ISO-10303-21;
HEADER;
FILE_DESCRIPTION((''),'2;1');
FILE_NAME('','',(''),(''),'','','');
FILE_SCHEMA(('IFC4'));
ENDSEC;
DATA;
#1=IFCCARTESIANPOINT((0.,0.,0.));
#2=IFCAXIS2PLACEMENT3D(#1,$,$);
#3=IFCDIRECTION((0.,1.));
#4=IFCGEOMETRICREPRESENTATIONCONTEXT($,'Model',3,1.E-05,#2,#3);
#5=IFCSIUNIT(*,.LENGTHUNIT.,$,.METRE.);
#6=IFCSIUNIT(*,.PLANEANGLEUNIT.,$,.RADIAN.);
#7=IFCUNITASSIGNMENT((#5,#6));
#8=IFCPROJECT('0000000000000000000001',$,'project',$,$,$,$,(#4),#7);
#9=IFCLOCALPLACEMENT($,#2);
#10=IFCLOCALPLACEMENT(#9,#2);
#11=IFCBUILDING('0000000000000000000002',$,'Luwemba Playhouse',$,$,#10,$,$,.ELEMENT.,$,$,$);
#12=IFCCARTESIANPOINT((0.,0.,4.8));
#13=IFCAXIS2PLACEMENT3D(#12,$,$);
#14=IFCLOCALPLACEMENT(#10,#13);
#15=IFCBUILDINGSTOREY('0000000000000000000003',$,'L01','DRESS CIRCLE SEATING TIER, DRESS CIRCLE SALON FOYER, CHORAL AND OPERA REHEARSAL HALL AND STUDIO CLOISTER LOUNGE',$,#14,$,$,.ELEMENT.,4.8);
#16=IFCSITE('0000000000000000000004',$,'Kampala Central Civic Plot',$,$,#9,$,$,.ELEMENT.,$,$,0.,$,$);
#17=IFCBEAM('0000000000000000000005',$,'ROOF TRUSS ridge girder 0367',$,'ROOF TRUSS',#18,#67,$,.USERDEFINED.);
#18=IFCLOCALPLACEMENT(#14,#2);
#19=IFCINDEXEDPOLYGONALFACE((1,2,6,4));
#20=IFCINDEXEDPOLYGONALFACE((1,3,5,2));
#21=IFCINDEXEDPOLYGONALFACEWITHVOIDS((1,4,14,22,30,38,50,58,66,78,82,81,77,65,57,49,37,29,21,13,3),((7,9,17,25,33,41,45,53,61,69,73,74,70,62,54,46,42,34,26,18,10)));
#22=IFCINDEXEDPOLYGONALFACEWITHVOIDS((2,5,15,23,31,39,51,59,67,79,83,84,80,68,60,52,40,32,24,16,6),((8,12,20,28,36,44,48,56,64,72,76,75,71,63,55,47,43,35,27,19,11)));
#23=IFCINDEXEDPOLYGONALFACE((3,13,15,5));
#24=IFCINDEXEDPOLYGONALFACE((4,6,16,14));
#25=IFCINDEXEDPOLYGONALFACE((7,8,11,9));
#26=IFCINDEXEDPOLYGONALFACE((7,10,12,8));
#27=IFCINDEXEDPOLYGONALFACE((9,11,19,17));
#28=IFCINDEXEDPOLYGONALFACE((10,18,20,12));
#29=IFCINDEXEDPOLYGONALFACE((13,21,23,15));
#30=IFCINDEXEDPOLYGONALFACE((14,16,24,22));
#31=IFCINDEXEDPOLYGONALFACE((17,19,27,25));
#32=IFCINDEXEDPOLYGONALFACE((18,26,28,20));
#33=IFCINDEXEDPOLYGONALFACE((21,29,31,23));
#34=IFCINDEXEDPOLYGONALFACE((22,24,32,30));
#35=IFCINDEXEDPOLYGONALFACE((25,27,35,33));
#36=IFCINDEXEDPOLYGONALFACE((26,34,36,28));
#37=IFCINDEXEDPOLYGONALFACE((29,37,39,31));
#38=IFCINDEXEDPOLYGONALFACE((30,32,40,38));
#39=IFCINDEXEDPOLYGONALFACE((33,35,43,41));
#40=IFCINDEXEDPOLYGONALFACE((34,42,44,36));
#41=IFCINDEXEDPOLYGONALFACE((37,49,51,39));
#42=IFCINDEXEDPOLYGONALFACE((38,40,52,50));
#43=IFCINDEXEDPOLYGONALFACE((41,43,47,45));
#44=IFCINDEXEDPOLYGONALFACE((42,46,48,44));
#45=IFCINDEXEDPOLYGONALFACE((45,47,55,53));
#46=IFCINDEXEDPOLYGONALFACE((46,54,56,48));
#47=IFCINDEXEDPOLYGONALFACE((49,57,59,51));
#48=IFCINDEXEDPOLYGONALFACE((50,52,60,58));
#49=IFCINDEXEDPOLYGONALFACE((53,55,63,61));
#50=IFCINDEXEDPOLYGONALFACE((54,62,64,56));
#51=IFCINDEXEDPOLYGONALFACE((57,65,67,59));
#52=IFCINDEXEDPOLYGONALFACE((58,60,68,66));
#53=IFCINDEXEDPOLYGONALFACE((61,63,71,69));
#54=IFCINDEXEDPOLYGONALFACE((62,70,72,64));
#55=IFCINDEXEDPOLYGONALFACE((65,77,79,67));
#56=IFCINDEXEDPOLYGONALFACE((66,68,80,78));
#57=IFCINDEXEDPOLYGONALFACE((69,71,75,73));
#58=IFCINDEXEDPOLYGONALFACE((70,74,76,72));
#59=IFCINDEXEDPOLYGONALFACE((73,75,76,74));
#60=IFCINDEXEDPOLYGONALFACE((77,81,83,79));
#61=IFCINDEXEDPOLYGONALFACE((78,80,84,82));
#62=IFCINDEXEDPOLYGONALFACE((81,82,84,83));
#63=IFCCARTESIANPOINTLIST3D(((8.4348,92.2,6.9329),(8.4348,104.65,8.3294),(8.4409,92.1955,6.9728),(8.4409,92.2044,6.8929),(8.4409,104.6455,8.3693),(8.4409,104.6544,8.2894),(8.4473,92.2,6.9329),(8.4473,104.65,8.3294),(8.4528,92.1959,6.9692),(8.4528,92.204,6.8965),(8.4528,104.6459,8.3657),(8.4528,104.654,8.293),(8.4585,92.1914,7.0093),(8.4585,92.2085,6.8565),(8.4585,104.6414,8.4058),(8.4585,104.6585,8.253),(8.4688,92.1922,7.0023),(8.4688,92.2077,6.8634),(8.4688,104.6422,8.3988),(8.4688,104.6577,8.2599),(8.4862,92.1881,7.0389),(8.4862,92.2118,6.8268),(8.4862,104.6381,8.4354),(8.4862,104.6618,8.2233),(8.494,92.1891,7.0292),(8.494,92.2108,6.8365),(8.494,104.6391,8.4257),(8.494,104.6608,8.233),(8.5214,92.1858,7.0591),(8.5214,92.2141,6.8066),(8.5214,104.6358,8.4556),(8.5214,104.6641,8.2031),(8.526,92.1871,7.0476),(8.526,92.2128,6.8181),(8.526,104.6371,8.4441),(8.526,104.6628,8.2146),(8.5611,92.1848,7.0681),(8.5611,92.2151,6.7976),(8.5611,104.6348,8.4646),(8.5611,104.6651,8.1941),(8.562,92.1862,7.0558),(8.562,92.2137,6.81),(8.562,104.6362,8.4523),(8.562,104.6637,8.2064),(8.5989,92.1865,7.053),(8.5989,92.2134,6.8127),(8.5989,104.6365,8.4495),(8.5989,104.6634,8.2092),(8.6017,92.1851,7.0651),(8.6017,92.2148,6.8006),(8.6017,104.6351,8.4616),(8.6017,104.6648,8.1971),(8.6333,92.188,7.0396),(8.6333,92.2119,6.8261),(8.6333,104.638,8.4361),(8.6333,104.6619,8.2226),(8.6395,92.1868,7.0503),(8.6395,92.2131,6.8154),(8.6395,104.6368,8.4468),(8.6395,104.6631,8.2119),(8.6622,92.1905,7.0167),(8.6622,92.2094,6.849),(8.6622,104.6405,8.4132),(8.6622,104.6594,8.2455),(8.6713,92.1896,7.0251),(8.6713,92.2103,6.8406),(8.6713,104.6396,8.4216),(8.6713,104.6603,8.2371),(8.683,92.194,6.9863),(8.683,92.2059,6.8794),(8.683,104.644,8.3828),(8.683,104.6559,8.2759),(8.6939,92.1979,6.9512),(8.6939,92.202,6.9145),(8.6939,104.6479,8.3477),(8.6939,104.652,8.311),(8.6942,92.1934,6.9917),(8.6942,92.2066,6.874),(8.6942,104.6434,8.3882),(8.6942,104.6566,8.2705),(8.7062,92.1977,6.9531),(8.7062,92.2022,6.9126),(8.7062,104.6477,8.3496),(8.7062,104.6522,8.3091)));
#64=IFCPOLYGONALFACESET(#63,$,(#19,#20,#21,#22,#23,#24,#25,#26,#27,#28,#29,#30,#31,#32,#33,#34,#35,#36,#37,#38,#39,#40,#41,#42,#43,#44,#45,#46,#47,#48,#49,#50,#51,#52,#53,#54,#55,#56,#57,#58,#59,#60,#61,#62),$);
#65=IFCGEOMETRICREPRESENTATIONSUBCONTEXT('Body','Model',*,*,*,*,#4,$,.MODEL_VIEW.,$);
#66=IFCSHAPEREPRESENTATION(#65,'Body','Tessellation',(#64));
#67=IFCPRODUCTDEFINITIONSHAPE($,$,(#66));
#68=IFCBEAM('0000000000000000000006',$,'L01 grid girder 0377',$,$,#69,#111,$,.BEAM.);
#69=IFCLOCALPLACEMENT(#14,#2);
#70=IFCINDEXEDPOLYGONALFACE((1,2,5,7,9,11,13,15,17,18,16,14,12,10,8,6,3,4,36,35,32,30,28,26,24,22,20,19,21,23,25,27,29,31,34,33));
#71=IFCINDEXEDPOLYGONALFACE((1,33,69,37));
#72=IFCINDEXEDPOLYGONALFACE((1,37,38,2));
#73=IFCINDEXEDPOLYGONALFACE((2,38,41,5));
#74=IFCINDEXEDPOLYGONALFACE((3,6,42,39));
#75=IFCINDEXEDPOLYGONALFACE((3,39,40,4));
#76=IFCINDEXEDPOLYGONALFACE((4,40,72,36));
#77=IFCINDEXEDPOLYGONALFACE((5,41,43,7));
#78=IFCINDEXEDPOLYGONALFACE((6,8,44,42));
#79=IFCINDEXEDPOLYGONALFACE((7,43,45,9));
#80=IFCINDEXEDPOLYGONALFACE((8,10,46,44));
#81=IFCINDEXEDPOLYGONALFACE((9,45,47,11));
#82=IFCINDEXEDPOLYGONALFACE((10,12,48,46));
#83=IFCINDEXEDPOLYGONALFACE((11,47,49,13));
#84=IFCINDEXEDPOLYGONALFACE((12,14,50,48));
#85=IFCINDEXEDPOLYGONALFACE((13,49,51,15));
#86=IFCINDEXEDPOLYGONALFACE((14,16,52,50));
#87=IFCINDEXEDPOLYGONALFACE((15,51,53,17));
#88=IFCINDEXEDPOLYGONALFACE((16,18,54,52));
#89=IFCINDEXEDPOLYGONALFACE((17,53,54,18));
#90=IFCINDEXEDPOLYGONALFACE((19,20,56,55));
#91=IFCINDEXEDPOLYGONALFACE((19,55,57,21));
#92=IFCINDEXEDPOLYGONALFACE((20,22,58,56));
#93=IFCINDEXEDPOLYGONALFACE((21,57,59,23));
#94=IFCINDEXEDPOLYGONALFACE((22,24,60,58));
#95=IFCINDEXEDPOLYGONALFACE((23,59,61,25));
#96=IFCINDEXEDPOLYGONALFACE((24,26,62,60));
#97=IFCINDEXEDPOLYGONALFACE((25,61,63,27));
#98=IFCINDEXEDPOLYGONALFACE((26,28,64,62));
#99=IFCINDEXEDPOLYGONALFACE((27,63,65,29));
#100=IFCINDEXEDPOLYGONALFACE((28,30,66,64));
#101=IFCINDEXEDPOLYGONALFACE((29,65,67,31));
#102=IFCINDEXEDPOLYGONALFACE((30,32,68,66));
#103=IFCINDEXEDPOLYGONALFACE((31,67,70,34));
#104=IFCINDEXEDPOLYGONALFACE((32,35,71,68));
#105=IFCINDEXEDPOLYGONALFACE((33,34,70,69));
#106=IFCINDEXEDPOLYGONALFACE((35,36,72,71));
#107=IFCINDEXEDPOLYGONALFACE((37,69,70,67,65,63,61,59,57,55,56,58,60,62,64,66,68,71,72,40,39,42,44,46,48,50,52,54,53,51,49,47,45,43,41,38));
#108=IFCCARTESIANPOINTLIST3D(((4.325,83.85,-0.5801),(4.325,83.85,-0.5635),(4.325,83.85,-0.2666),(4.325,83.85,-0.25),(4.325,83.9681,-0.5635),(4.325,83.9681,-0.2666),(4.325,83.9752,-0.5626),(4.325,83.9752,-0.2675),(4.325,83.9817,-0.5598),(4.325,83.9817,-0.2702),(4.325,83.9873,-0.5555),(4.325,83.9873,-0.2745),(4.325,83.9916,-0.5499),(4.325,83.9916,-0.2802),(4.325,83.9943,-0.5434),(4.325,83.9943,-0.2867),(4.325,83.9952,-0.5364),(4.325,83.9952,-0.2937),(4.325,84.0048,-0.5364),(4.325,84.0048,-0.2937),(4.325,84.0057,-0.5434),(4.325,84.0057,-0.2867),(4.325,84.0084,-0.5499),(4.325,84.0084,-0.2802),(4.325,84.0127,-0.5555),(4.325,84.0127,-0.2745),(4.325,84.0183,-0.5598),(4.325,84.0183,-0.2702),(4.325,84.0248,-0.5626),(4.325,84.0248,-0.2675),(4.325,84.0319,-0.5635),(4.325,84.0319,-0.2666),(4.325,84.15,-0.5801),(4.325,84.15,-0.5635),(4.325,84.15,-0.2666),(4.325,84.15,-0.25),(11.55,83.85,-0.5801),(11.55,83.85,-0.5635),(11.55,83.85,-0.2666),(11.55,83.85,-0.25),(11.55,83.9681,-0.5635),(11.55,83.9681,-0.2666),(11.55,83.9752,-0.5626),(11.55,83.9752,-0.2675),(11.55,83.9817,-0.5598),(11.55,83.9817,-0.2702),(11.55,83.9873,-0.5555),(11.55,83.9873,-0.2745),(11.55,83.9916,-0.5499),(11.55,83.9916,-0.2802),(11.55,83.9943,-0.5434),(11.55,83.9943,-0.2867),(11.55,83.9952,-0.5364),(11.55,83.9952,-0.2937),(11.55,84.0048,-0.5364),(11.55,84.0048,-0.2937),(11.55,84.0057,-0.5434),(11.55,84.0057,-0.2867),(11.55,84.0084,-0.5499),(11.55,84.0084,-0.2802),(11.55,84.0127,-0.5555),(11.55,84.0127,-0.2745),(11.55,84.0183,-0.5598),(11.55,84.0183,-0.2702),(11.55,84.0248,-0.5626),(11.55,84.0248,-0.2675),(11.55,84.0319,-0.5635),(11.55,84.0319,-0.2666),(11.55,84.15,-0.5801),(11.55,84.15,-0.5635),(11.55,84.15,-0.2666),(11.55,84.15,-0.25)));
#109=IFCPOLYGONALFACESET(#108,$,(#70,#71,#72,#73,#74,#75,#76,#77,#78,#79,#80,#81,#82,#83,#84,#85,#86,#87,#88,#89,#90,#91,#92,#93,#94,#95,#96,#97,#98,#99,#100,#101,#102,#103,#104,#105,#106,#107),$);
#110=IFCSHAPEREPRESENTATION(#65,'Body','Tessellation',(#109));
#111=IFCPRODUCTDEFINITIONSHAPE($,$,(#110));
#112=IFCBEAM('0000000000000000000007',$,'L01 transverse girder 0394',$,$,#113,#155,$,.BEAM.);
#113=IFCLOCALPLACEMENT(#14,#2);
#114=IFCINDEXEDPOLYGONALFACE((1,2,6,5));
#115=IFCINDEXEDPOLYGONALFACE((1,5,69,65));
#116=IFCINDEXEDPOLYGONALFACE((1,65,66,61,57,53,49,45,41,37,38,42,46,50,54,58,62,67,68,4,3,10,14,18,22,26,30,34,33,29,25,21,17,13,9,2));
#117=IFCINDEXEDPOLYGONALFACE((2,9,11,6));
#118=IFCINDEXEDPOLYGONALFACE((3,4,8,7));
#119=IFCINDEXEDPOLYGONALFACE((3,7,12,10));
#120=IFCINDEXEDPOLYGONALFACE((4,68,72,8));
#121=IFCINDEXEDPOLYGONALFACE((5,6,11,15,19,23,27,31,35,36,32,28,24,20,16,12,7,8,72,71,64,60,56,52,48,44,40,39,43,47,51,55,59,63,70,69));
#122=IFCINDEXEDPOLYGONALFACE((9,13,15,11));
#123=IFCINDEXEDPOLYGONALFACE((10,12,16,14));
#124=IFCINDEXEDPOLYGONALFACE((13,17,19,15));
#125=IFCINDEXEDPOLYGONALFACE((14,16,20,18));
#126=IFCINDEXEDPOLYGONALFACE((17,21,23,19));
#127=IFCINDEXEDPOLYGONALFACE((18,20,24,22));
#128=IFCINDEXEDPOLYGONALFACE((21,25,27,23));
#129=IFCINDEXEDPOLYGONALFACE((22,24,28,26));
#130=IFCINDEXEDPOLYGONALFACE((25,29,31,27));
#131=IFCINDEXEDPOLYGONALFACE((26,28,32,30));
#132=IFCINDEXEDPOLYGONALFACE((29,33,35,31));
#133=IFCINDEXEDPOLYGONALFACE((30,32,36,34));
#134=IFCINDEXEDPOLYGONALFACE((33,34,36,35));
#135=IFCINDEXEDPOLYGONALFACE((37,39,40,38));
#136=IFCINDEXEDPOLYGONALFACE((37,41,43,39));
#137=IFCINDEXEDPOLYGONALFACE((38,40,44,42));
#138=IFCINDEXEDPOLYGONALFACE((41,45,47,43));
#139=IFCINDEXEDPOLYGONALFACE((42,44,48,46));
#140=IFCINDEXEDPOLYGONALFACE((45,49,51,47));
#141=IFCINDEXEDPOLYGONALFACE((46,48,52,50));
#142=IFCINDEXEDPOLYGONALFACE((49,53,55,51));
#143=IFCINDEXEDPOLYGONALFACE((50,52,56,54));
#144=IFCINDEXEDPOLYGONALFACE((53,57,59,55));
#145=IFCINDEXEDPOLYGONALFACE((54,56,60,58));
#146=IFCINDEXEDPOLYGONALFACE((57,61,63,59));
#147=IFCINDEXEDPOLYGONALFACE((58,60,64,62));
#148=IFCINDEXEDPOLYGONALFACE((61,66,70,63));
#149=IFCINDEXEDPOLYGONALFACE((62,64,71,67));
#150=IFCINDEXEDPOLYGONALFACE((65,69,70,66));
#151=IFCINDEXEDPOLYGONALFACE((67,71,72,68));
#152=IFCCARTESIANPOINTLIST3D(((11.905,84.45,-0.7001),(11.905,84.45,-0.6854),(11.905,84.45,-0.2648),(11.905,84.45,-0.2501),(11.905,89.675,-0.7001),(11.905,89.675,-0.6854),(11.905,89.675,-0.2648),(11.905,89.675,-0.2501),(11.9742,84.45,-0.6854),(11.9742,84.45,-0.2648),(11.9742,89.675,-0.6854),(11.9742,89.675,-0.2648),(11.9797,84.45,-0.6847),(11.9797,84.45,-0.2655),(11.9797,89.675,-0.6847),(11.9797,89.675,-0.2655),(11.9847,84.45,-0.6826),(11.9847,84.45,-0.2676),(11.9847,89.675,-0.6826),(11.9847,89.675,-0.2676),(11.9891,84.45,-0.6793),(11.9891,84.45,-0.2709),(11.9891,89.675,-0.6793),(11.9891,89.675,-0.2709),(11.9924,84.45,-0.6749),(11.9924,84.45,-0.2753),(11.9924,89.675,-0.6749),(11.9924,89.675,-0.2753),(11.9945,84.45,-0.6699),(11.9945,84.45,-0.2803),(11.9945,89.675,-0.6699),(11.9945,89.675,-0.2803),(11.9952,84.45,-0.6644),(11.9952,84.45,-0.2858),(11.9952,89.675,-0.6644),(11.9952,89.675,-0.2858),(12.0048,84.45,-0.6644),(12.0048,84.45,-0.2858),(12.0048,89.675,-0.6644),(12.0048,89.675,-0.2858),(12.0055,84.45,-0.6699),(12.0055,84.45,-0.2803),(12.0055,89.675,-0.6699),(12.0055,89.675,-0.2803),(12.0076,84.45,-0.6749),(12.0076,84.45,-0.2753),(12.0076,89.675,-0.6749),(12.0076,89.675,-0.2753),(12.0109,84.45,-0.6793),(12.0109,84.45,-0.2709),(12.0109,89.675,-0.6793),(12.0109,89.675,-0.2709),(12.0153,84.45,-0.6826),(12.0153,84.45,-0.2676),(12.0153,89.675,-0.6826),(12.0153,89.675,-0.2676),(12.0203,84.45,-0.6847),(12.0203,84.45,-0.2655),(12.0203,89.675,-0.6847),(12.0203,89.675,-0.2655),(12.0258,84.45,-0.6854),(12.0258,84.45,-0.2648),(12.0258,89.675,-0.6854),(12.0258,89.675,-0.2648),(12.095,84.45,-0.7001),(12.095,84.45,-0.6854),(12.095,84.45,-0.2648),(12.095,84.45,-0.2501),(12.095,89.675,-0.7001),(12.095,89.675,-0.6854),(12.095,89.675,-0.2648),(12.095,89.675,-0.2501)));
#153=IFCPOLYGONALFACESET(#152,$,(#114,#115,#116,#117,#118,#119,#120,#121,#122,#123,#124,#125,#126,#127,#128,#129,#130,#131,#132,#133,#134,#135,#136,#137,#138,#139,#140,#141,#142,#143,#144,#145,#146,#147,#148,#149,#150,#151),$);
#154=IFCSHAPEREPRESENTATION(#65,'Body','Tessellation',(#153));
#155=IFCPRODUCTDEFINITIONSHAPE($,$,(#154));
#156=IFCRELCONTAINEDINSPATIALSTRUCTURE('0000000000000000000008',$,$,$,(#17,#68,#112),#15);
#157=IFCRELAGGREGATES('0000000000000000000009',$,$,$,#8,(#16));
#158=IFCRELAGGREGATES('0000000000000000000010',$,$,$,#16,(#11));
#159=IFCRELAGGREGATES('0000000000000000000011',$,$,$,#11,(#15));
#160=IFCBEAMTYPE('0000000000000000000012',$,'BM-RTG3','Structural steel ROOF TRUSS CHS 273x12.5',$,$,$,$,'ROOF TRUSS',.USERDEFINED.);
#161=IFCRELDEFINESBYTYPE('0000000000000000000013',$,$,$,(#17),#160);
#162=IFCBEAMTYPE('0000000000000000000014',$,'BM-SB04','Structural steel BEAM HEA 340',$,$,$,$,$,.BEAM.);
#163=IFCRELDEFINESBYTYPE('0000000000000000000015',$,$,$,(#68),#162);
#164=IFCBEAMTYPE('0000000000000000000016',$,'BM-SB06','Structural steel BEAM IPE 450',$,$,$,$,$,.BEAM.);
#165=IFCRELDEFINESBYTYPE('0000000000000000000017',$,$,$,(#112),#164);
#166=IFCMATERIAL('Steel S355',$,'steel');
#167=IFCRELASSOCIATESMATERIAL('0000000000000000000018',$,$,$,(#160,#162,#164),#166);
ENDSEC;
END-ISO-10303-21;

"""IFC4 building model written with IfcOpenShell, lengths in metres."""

from ifc_helpers import new_model, si_unit, direction, frame, origin, origin_2d, place, context, subcontext, project, spatial, hollow_circle, i_section, extrude, material, material_profile, profile_set, type_object, element, save


model = new_model("IFC4")

# Units and contexts
model_context = context("Model", 3, precision=1e-05, world=origin(), true_north=direction((0.0, 1.0)))
body_context = subcontext(model_context, "Body", "Model", "MODEL_VIEW")
ifc_project = project(units=[si_unit("LENGTHUNIT", "METRE"), si_unit("PLANEANGLEUNIT", "RADIAN")], contexts=[model_context])

# Site, building, storey
site_placement = place(None, origin())
site = spatial("IfcSite", under=ifc_project, at=site_placement, Name="Kampala Central Civic Plot", CompositionType="ELEMENT", RefElevation=0.0)
building_placement = place(site_placement, origin())
building = spatial("IfcBuilding", under=site, at=building_placement, Name="Luwemba Playhouse", CompositionType="ELEMENT")
storey_placement = place(building_placement, frame((0.0, 0.0, 4.8)))
storey = spatial("IfcBuildingStorey", under=building, at=storey_placement, Name="L01", Description="DRESS CIRCLE SEATING TIER, DRESS CIRCLE SALON FOYER, CHORAL AND OPERA REHEARSAL HALL AND STUDIO CLOISTER LOUNGE", CompositionType="ELEMENT", Elevation=4.8)

# Beams
ifc_material_1 = material(Name="Steel S355", Category="steel")
ifc_material_profile_1 = material_profile(ifc_material_1, hollow_circle(Radius=0.1365, WallThickness=0.0125, at=origin_2d()))
ifc_profile_set_1 = profile_set([ifc_material_profile_1], Name="Steel S355")
beam_type_1 = type_object("IfcBeamType", Name="BM-RTG3", Description="Structural steel ROOF TRUSS CHS 273x12.5", ElementType="ROOF TRUSS", PredefinedType="USERDEFINED", material=ifc_profile_set_1)
beam_1_placement = place(storey_placement, frame((8.5713, 92.2, 6.9329), z_axis=(0.0, 0.993768, 0.111469), x_axis=(-1.0, 0.0, 0.0)))
element("IfcBeam", 1, at=beam_1_placement, inside=storey, type_object=beam_type_1, Name="ROOF TRUSS ridge girder 0367", ObjectType="ROOF TRUSS", PredefinedType="USERDEFINED", context=body_context, shape_type="SweptSolid", body=[
    extrude(hollow_circle(Radius=0.1365, WallThickness=0.0125, at=origin_2d()), origin(), (0.0, 0.0, 1.0), 12.5281),
])
ifc_material_profile_2 = material_profile(ifc_material_1, i_section(OverallWidth=0.3, OverallDepth=0.3301, WebThickness=0.0095, FlangeThickness=0.0166, FilletRadius=0.0271, at=origin_2d()))
ifc_profile_set_2 = profile_set([ifc_material_profile_2], Name="Steel S355")
beam_type_2 = type_object("IfcBeamType", Name="BM-SB04", Description="Structural steel BEAM HEA 340", PredefinedType="BEAM", material=ifc_profile_set_2)
beam_2_placement = place(storey_placement, frame((4.325, 84.0, -0.415), z_axis=(1.0, 0.0, 0.0), x_axis=(0.0, 1.0, 0.0)))
element("IfcBeam", 2, at=beam_2_placement, inside=storey, type_object=beam_type_2, Name="L01 grid girder 0377", PredefinedType="BEAM", context=body_context, shape_type="SweptSolid", body=[
    extrude(i_section(OverallWidth=0.3, OverallDepth=0.3301, WebThickness=0.0095, FlangeThickness=0.0166, FilletRadius=0.0271, at=origin_2d()), origin(), (0.0, 0.0, 1.0), 7.2251),
])
ifc_material_profile_3 = material_profile(ifc_material_1, i_section(OverallWidth=0.1899, OverallDepth=0.45, WebThickness=0.0095, FlangeThickness=0.0146, FilletRadius=0.021, at=origin_2d()))
ifc_profile_set_3 = profile_set([ifc_material_profile_3], Name="Steel S355")
beam_type_3 = type_object("IfcBeamType", Name="BM-SB06", Description="Structural steel BEAM IPE 450", PredefinedType="BEAM", material=ifc_profile_set_3)
beam_3_placement = place(storey_placement, frame((12.0, 84.45, -0.4751), z_axis=(0.0, 1.0, 0.0), x_axis=(-1.0, 0.0, 0.0)))
element("IfcBeam", 3, at=beam_3_placement, inside=storey, type_object=beam_type_3, Name="L01 transverse girder 0394", PredefinedType="BEAM", context=body_context, shape_type="SweptSolid", body=[
    extrude(i_section(OverallWidth=0.1899, OverallDepth=0.45, WebThickness=0.0095, FlangeThickness=0.0146, FilletRadius=0.021, at=origin_2d()), origin(), (0.0, 0.0, 1.0), 5.2251),
])

save(model, "model.ifc")
